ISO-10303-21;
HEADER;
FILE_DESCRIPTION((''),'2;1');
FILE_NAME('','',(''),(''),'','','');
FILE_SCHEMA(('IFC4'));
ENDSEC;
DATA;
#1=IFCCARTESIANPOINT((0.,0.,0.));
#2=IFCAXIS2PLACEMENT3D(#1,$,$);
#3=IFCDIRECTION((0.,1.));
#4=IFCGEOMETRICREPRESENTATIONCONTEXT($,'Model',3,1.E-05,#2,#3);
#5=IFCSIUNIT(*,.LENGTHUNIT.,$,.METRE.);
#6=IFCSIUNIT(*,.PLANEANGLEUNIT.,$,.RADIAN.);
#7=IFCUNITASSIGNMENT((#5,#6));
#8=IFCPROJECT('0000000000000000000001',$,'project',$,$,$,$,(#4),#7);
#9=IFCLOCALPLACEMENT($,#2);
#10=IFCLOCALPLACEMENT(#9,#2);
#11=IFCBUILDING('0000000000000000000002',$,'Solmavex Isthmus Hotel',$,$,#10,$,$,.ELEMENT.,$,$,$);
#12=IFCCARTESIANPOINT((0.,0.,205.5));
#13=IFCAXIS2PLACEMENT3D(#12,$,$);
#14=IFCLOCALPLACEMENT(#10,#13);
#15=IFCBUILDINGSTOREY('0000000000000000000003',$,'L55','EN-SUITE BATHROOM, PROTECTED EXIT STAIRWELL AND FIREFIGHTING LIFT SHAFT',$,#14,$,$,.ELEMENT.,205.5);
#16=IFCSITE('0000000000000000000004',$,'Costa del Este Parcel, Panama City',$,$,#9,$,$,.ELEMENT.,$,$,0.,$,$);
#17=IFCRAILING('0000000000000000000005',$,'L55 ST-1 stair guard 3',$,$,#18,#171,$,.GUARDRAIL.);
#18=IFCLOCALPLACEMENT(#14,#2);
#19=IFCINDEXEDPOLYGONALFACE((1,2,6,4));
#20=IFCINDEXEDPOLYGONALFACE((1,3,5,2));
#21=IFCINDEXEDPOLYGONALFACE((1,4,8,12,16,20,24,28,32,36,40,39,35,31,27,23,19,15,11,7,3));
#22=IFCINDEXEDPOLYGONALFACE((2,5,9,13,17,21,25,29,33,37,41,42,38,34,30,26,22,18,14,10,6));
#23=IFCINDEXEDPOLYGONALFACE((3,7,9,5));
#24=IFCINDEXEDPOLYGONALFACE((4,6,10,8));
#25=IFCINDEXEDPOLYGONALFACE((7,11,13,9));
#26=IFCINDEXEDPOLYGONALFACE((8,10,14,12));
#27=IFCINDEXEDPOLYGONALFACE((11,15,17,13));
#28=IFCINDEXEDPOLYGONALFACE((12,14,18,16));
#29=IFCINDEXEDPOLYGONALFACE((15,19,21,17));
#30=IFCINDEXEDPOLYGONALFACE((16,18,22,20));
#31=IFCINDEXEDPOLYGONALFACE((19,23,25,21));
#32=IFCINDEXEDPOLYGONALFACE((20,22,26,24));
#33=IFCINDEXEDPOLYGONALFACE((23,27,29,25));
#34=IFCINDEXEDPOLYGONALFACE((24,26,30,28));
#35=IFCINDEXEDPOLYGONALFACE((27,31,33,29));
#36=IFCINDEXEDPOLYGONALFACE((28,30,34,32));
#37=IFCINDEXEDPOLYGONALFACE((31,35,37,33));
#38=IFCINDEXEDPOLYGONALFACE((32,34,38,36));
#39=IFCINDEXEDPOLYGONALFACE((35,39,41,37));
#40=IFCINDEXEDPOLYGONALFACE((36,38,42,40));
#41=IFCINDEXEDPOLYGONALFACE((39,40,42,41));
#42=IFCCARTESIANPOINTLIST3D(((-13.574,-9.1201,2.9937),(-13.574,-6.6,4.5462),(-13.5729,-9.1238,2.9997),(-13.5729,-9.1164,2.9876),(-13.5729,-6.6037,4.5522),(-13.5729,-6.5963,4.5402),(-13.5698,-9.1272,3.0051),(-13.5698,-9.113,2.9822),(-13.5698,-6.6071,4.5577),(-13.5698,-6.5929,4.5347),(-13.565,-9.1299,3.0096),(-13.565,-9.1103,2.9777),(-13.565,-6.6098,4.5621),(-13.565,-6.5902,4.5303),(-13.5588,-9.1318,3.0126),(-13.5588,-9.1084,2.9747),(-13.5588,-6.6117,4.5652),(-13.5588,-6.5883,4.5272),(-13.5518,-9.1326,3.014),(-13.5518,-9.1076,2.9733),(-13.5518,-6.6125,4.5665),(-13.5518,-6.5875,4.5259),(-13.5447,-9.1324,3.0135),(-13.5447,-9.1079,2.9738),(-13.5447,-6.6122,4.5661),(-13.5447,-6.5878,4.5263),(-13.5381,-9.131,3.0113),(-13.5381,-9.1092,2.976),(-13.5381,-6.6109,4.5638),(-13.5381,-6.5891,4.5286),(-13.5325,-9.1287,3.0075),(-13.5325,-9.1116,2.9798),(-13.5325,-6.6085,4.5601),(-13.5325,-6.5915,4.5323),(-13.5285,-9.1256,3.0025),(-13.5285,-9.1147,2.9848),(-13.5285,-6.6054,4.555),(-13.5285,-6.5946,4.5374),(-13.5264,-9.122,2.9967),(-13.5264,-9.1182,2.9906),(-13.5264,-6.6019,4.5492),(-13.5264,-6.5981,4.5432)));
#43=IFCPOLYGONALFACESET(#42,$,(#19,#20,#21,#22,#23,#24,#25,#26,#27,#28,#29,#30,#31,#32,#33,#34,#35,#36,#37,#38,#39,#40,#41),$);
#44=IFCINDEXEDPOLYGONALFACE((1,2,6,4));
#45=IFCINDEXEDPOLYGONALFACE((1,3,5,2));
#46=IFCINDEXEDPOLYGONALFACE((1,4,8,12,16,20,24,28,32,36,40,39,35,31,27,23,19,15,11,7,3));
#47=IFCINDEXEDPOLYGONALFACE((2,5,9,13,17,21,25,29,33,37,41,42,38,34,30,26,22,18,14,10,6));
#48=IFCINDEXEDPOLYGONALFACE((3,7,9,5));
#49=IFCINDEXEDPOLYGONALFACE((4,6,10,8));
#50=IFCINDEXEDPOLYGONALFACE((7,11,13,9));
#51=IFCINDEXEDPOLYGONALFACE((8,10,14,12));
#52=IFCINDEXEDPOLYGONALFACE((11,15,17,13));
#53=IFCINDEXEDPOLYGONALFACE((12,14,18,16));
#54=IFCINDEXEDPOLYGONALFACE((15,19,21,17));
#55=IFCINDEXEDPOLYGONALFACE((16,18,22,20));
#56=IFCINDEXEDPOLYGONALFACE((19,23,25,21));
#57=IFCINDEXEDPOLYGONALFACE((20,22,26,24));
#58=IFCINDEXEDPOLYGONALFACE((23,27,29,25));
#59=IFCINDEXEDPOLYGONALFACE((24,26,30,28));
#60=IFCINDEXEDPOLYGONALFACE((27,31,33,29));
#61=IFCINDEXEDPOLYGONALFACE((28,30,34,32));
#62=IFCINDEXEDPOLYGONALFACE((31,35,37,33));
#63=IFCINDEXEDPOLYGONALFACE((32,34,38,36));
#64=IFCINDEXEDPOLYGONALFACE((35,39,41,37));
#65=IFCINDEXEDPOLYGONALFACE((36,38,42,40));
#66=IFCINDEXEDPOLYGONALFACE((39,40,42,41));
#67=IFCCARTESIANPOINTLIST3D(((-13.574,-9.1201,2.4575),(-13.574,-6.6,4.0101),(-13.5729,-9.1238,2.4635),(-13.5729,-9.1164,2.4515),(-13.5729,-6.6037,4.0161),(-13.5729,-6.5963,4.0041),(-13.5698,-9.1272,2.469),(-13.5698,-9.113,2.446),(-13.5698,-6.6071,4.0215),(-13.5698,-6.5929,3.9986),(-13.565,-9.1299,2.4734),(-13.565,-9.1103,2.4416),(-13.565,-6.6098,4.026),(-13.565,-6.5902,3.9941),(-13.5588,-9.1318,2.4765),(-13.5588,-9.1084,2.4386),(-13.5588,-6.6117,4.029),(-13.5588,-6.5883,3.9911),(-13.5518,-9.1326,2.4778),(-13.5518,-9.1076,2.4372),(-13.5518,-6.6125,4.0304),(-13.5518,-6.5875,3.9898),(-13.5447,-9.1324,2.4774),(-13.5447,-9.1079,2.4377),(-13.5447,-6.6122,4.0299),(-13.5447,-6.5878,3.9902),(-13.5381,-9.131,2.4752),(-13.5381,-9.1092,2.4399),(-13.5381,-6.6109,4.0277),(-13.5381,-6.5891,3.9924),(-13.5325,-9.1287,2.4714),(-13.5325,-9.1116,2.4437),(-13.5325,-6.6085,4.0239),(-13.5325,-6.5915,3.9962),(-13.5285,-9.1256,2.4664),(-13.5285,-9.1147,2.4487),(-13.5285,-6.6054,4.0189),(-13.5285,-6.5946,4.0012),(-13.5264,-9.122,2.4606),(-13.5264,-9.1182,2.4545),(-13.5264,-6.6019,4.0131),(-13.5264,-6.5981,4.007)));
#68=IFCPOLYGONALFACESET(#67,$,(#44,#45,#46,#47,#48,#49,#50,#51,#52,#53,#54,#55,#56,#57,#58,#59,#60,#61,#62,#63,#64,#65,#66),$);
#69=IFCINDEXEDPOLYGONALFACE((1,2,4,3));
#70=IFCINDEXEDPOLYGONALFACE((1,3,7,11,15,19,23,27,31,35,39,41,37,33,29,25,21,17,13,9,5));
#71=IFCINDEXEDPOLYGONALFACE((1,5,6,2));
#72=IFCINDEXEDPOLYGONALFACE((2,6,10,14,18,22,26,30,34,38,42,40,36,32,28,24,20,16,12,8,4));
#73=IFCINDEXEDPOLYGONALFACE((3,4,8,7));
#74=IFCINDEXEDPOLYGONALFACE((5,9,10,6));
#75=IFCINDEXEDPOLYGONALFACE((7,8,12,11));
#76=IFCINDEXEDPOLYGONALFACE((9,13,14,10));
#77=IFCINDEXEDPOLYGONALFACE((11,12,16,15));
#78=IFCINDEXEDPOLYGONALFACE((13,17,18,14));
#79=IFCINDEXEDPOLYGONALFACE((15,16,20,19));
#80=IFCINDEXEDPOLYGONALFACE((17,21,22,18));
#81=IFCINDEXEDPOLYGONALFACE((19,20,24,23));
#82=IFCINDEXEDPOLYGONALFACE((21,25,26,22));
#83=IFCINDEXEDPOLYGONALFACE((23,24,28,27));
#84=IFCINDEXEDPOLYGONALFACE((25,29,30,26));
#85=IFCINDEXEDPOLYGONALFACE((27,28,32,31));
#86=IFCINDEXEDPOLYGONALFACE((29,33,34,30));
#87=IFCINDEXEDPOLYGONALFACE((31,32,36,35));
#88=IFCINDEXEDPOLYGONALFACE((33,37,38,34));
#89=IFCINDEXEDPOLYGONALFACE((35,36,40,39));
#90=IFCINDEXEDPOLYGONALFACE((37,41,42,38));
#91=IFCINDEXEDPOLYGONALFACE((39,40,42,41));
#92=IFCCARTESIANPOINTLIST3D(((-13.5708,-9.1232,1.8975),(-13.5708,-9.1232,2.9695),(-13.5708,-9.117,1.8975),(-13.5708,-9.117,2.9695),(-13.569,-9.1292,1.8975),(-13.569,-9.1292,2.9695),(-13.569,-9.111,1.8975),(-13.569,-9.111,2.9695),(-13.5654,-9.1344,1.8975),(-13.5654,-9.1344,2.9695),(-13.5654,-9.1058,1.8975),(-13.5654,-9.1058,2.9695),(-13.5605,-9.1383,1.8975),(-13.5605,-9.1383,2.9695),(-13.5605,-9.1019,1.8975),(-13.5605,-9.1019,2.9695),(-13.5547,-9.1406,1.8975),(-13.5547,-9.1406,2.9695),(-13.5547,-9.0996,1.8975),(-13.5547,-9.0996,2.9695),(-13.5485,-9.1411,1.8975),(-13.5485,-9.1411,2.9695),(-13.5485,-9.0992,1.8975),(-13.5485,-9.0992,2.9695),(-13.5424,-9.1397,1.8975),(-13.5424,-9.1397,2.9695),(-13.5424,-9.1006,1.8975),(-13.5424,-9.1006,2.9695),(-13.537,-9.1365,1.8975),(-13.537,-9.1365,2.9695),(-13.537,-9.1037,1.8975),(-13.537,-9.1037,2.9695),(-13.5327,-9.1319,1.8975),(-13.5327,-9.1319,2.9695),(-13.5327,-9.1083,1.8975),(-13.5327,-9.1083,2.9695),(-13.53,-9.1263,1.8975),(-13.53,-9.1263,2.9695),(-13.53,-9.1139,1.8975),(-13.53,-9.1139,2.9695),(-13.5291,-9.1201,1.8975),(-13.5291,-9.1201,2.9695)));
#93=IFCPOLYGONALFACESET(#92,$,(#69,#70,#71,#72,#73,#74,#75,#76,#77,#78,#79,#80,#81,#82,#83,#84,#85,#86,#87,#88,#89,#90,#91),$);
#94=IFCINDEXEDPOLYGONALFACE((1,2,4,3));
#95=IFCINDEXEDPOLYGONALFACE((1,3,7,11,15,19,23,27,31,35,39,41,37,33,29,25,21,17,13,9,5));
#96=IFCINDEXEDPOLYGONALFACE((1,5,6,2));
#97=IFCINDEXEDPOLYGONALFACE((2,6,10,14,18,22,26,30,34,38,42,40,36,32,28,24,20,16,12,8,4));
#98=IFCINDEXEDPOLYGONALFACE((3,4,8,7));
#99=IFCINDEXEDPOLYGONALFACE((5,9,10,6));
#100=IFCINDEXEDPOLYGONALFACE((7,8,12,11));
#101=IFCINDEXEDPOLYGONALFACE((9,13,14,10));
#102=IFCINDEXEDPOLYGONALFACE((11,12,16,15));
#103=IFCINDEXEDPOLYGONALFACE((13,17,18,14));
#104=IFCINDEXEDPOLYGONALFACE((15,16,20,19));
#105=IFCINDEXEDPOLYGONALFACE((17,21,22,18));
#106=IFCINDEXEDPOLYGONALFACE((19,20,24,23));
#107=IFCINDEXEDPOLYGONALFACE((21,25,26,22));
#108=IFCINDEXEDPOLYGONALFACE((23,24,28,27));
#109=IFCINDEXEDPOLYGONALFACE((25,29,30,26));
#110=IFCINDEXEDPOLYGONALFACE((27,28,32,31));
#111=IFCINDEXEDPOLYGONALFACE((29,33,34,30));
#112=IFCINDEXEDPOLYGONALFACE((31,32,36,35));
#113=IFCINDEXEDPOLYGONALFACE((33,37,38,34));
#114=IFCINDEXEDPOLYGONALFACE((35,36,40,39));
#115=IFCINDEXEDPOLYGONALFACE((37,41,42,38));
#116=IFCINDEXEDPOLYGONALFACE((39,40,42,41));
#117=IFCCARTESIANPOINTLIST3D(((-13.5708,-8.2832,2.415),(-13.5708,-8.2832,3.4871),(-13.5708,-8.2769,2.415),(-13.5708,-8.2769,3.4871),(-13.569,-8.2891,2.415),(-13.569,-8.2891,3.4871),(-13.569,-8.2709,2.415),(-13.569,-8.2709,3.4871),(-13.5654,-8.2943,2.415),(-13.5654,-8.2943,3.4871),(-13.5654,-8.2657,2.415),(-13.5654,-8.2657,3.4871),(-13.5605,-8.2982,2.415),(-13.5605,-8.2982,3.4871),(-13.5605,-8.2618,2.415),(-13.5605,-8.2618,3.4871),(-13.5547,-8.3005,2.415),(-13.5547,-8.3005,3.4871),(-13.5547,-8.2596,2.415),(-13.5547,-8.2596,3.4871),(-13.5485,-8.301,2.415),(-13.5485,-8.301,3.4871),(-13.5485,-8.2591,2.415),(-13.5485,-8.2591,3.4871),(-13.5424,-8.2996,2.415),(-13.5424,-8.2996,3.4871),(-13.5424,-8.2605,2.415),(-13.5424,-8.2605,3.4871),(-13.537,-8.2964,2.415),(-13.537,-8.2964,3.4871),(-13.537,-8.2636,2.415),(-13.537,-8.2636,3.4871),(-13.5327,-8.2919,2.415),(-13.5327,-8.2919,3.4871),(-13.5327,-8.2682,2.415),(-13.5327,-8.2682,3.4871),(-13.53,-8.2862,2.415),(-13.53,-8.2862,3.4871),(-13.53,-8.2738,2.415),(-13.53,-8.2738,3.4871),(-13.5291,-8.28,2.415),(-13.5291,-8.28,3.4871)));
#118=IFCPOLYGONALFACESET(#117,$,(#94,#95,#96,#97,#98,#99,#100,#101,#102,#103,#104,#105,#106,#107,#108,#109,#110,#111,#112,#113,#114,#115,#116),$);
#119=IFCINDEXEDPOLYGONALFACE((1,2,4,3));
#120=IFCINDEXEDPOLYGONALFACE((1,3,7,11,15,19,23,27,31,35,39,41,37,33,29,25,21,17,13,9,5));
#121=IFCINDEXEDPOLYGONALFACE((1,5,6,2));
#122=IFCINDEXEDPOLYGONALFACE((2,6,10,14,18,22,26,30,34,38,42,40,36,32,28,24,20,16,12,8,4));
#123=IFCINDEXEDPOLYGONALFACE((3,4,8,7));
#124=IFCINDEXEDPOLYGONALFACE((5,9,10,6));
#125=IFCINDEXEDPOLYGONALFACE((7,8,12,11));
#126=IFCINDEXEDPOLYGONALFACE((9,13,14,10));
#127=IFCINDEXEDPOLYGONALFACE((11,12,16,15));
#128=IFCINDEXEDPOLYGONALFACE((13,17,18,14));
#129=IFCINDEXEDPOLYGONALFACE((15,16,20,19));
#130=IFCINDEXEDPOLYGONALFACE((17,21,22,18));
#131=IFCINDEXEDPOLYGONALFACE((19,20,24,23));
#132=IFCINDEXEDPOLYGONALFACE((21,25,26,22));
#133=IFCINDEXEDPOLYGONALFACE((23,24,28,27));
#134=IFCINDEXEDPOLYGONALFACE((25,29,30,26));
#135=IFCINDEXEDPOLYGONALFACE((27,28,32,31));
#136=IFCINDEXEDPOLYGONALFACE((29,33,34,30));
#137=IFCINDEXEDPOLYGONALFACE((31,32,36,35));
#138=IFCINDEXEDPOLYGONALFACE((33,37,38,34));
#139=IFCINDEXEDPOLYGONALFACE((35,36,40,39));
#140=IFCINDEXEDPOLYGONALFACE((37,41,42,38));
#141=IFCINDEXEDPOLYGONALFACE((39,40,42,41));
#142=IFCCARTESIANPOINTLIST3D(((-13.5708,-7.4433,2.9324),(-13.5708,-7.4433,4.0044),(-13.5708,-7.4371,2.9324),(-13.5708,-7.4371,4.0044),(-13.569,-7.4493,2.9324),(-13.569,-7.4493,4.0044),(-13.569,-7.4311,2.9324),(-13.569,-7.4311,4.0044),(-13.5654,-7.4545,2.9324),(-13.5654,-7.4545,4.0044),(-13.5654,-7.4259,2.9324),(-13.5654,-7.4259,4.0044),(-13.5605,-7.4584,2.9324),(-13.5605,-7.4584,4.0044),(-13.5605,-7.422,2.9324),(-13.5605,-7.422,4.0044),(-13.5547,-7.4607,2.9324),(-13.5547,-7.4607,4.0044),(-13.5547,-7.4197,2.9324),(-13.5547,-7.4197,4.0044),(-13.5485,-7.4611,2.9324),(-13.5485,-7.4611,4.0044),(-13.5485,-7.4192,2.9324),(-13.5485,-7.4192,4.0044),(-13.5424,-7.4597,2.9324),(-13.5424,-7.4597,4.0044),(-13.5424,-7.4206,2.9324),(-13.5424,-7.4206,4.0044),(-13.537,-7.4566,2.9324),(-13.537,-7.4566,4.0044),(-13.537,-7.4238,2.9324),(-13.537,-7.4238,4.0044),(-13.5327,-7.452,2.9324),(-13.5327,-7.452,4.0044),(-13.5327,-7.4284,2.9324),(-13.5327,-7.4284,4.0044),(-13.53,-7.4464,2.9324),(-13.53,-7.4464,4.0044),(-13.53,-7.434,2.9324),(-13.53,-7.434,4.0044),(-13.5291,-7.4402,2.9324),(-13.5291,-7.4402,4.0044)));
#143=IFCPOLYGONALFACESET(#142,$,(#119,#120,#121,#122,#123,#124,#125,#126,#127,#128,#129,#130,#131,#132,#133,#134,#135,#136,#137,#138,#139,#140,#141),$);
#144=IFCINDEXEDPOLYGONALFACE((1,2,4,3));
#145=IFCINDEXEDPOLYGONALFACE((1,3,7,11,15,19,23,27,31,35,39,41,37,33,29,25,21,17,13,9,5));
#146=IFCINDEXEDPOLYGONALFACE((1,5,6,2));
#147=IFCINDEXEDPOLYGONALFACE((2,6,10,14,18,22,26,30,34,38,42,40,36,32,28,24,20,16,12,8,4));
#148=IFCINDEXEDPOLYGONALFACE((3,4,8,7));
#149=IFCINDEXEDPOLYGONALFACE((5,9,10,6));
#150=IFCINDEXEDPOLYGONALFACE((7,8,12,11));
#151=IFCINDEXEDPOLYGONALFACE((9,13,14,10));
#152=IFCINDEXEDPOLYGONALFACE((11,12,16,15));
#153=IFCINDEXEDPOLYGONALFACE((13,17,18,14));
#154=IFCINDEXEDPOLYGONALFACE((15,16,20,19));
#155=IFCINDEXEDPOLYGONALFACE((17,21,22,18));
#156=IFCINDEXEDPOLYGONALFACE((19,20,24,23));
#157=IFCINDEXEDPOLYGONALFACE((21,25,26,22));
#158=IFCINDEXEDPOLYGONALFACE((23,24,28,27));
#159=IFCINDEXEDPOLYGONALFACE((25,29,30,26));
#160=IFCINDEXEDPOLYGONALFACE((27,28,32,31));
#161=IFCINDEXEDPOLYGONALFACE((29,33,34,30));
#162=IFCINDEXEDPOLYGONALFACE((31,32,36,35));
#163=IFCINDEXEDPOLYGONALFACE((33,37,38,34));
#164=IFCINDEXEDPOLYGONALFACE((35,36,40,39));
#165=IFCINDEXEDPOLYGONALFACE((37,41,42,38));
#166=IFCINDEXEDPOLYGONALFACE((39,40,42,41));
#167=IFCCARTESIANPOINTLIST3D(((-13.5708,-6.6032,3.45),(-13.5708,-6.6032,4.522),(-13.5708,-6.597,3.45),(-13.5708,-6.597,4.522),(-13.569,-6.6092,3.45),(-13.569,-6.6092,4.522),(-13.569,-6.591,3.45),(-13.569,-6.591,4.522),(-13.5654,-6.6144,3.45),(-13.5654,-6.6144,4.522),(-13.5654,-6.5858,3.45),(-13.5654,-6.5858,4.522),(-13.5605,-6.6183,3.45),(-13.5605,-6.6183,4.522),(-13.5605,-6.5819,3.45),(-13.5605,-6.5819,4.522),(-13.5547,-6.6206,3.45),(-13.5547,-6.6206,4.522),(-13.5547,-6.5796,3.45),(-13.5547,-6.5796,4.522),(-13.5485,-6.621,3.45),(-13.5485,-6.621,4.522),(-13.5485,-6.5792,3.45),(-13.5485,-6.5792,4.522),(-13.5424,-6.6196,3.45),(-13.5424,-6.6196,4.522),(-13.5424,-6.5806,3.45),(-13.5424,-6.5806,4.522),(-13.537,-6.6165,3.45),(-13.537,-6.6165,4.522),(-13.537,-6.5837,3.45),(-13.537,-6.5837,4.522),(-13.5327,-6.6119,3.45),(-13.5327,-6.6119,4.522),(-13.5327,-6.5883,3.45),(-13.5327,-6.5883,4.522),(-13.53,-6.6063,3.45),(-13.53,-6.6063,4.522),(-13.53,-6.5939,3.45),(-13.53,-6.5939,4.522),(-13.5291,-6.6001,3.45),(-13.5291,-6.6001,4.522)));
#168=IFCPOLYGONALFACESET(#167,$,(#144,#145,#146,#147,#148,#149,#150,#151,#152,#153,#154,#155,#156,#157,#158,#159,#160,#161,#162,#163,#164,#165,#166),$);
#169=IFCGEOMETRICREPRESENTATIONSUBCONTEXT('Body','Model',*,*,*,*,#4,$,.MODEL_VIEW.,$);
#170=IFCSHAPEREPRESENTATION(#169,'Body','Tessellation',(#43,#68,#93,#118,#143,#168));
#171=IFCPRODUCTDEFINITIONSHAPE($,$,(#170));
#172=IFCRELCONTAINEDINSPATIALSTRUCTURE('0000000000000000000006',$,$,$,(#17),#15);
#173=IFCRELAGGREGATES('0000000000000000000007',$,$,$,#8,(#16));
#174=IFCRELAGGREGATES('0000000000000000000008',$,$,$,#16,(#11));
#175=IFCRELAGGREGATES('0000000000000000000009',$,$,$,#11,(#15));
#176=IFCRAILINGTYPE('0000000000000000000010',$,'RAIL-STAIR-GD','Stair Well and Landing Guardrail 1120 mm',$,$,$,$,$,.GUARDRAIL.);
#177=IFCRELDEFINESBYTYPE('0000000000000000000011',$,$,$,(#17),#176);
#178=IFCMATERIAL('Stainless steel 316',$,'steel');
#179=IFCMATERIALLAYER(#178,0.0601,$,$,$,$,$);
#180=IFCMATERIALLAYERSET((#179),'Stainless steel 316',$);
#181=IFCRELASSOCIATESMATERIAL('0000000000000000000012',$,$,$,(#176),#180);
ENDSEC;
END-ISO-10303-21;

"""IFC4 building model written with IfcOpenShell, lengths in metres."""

from ifc_helpers import new_model, si_unit, direction, frame, origin, origin_2d, place, context, subcontext, project, spatial, circle, extrude, material, layer, layer_set, type_object, element, save


model = new_model("IFC4")

# Units and contexts
model_context = context("Model", 3, precision=1e-05, world=origin(), true_north=direction((0.0, 1.0)))
body_context = subcontext(model_context, "Body", "Model", "MODEL_VIEW")
ifc_project = project(units=[si_unit("LENGTHUNIT", "METRE"), si_unit("PLANEANGLEUNIT", "RADIAN")], contexts=[model_context])

# Site, building, storey
site_placement = place(None, origin())
site = spatial("IfcSite", under=ifc_project, at=site_placement, Name="Costa del Este Parcel, Panama City", CompositionType="ELEMENT", RefElevation=0.0)
building_placement = place(site_placement, origin())
building = spatial("IfcBuilding", under=site, at=building_placement, Name="Solmavex Isthmus Hotel", CompositionType="ELEMENT")
storey_placement = place(building_placement, frame((0.0, 0.0, 205.5)))
storey = spatial("IfcBuildingStorey", under=building, at=storey_placement, Name="L55", Description="EN-SUITE BATHROOM, PROTECTED EXIT STAIRWELL AND FIREFIGHTING LIFT SHAFT", CompositionType="ELEMENT", Elevation=205.5)

# Railing
ifc_material_1 = material(Name="Stainless steel 316", Category="steel")
ifc_layer_1 = layer(ifc_material_1, 0.0601)
ifc_layer_set_1 = layer_set([ifc_layer_1], Name="Stainless steel 316")
railing_type_1 = type_object("IfcRailingType", Name="RAIL-STAIR-GD", Description="Stair Well and Landing Guardrail 1120 mm", PredefinedType="GUARDRAIL", material=ifc_layer_set_1)
railing_1_placement = place(storey_placement, frame((-13.55, -9.1201, 1.8975)))
element("IfcRailing", 1, at=railing_1_placement, inside=storey, type_object=railing_type_1, Name="L55 ST-1 stair guard 3", PredefinedType="GUARDRAIL", context=body_context, shape_type="SweptSolid", body=[
    extrude(circle(Radius=0.0239, at=origin_2d()), frame((0.0, 0.0, 1.0962), z_axis=(0.0, 0.8514, 0.524516), x_axis=(-1.0, 0.0, 0.0)), (0.0, 0.0, 1.0), 2.96),
    extrude(circle(Radius=0.0239, at=origin_2d()), frame((0.0, 0.0, 0.5601), z_axis=(0.0, 0.8514, 0.524516), x_axis=(-1.0, 0.0, 0.0)), (0.0, 0.0, 1.0), 2.96),
    extrude(circle(Radius=0.021, at=origin_2d()), origin(), (0.0, 0.0, 1.0), 1.072),
    extrude(circle(Radius=0.021, at=origin_2d()), frame((0.0, 0.8401, 0.5176)), (0.0, 0.0, 1.0), 1.072),
    extrude(circle(Radius=0.021, at=origin_2d()), frame((0.0, 1.6799, 1.0349)), (0.0, 0.0, 1.0), 1.072),
    extrude(circle(Radius=0.021, at=origin_2d()), frame((0.0, 2.52, 1.5525)), (0.0, 0.0, 1.0), 1.072),
])

save(model, "model.ifc")
